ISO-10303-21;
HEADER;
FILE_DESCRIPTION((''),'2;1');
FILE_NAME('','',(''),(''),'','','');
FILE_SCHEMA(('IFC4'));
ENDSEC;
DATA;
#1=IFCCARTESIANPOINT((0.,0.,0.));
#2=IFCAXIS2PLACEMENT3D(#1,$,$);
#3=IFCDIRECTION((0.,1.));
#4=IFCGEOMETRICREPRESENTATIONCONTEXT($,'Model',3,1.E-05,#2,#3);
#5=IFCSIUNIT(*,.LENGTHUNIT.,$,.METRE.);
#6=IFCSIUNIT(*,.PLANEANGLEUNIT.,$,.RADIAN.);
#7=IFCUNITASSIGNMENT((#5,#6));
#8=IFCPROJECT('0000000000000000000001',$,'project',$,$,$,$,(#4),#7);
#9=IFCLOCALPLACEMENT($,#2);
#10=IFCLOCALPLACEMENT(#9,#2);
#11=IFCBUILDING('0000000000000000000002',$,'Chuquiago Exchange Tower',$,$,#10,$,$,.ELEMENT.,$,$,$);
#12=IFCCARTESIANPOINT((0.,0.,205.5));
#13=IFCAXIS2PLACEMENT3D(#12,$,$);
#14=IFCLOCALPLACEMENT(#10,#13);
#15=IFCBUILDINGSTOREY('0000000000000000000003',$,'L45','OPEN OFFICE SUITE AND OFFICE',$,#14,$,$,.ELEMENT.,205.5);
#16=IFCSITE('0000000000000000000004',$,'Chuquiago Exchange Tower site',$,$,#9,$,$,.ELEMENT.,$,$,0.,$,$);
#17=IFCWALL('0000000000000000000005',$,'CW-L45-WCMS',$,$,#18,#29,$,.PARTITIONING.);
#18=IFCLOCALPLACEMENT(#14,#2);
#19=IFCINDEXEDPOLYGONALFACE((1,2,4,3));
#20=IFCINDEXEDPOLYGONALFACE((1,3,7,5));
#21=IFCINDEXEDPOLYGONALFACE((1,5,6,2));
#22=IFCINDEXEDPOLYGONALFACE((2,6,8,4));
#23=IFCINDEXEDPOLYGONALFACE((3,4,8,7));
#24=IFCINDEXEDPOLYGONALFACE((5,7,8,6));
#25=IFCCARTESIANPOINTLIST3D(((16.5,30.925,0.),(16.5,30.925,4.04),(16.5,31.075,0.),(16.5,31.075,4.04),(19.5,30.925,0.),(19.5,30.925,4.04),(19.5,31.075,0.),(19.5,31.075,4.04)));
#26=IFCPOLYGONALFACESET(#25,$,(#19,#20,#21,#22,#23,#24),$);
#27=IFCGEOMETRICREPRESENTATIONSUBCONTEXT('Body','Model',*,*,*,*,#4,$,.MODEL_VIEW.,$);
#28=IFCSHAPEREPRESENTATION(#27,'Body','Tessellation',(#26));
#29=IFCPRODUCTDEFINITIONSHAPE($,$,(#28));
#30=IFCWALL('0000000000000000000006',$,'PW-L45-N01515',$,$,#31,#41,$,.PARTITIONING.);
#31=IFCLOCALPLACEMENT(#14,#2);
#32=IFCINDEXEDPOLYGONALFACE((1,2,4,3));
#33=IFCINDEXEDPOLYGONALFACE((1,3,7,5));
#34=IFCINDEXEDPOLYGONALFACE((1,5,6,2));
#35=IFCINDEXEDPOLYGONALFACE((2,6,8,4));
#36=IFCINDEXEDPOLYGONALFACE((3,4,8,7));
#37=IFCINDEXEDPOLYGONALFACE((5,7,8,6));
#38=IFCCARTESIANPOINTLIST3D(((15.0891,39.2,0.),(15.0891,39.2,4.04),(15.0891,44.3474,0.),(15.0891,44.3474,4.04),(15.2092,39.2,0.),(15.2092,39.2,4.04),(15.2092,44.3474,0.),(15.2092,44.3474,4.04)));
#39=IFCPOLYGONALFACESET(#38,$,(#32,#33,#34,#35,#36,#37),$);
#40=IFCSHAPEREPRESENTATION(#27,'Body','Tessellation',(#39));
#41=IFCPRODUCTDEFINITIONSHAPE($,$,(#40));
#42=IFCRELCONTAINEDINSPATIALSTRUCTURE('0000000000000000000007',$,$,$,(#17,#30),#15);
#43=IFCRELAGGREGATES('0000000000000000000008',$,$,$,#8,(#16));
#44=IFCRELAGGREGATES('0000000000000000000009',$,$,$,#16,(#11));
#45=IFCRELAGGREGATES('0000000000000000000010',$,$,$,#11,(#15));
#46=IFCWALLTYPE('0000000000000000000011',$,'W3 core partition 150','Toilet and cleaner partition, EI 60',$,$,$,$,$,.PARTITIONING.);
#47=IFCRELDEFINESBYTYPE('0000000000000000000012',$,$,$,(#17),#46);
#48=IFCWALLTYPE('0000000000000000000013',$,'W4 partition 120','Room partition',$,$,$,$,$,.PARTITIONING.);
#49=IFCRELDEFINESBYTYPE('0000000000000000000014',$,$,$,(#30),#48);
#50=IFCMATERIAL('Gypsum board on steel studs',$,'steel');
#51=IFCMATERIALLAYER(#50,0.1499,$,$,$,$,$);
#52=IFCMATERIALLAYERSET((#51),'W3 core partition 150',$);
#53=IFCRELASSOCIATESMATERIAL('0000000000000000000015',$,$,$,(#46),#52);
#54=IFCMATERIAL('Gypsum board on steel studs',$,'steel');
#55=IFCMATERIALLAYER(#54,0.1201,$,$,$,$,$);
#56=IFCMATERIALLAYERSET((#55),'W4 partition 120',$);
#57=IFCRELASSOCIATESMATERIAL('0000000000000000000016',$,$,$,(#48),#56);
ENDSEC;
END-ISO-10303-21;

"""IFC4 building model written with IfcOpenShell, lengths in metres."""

from ifc_helpers import new_model, si_unit, direction, frame, frame_2d, origin, place, context, subcontext, project, spatial, rectangle, extrude, material, layer, layer_set, type_object, element, save


model = new_model("IFC4")

# Units and contexts
model_context = context("Model", 3, precision=1e-05, world=origin(), true_north=direction((0.0, 1.0)))
body_context = subcontext(model_context, "Body", "Model", "MODEL_VIEW")
ifc_project = project(units=[si_unit("LENGTHUNIT", "METRE"), si_unit("PLANEANGLEUNIT", "RADIAN")], contexts=[model_context])

# Site, building, storey
site_placement = place(None, origin())
site = spatial("IfcSite", under=ifc_project, at=site_placement, Name="Chuquiago Exchange Tower site", CompositionType="ELEMENT", RefElevation=0.0)
building_placement = place(site_placement, origin())
building = spatial("IfcBuilding", under=site, at=building_placement, Name="Chuquiago Exchange Tower", CompositionType="ELEMENT")
storey_placement = place(building_placement, frame((0.0, 0.0, 205.5)))
storey = spatial("IfcBuildingStorey", under=building, at=storey_placement, Name="L45", Description="OPEN OFFICE SUITE AND OFFICE", CompositionType="ELEMENT", Elevation=205.5)

# Walls
ifc_material_1 = material(Name="Gypsum board on steel studs", Category="steel")
ifc_layer_1 = layer(ifc_material_1, 0.1499)
ifc_layer_set_1 = layer_set([ifc_layer_1], Name="W3 core partition 150")
wall_type_1 = type_object("IfcWallType", Name="W3 core partition 150", Description="Toilet and cleaner partition, EI 60", PredefinedType="PARTITIONING", material=ifc_layer_set_1)
wall_1_placement = place(storey_placement, frame((16.5, 31.0, 0.0), z_axis=(0.0, 0.0, 1.0), x_axis=(1.0, 0.0, 0.0)))
element("IfcWall", 1, at=wall_1_placement, inside=storey, type_object=wall_type_1, Name="CW-L45-WCMS", PredefinedType="PARTITIONING", context=body_context, shape_type="SweptSolid", body=[
    extrude(rectangle(XDim=3.0, YDim=0.1499, at=frame_2d((1.5, 0.0))), origin(), (0.0, 0.0, 1.0), 4.04),
])
ifc_material_2 = material(Name="Gypsum board on steel studs", Category="steel")
ifc_layer_2 = layer(ifc_material_2, 0.1201)
ifc_layer_set_2 = layer_set([ifc_layer_2], Name="W4 partition 120")
wall_type_2 = type_object("IfcWallType", Name="W4 partition 120", Description="Room partition", PredefinedType="PARTITIONING", material=ifc_layer_set_2)
wall_2_placement = place(storey_placement, frame((15.1492, 44.3474, 0.0), z_axis=(0.0, 0.0, 1.0), x_axis=(0.0, -1.0, 0.0)))
element("IfcWall", 2, at=wall_2_placement, inside=storey, type_object=wall_type_2, Name="PW-L45-N01515", PredefinedType="PARTITIONING", context=body_context, shape_type="SweptSolid", body=[
    extrude(rectangle(XDim=5.1475, YDim=0.1201, at=frame_2d((2.5737, 0.0))), origin(), (0.0, 0.0, 1.0), 4.04),
])

save(model, "model.ifc")
